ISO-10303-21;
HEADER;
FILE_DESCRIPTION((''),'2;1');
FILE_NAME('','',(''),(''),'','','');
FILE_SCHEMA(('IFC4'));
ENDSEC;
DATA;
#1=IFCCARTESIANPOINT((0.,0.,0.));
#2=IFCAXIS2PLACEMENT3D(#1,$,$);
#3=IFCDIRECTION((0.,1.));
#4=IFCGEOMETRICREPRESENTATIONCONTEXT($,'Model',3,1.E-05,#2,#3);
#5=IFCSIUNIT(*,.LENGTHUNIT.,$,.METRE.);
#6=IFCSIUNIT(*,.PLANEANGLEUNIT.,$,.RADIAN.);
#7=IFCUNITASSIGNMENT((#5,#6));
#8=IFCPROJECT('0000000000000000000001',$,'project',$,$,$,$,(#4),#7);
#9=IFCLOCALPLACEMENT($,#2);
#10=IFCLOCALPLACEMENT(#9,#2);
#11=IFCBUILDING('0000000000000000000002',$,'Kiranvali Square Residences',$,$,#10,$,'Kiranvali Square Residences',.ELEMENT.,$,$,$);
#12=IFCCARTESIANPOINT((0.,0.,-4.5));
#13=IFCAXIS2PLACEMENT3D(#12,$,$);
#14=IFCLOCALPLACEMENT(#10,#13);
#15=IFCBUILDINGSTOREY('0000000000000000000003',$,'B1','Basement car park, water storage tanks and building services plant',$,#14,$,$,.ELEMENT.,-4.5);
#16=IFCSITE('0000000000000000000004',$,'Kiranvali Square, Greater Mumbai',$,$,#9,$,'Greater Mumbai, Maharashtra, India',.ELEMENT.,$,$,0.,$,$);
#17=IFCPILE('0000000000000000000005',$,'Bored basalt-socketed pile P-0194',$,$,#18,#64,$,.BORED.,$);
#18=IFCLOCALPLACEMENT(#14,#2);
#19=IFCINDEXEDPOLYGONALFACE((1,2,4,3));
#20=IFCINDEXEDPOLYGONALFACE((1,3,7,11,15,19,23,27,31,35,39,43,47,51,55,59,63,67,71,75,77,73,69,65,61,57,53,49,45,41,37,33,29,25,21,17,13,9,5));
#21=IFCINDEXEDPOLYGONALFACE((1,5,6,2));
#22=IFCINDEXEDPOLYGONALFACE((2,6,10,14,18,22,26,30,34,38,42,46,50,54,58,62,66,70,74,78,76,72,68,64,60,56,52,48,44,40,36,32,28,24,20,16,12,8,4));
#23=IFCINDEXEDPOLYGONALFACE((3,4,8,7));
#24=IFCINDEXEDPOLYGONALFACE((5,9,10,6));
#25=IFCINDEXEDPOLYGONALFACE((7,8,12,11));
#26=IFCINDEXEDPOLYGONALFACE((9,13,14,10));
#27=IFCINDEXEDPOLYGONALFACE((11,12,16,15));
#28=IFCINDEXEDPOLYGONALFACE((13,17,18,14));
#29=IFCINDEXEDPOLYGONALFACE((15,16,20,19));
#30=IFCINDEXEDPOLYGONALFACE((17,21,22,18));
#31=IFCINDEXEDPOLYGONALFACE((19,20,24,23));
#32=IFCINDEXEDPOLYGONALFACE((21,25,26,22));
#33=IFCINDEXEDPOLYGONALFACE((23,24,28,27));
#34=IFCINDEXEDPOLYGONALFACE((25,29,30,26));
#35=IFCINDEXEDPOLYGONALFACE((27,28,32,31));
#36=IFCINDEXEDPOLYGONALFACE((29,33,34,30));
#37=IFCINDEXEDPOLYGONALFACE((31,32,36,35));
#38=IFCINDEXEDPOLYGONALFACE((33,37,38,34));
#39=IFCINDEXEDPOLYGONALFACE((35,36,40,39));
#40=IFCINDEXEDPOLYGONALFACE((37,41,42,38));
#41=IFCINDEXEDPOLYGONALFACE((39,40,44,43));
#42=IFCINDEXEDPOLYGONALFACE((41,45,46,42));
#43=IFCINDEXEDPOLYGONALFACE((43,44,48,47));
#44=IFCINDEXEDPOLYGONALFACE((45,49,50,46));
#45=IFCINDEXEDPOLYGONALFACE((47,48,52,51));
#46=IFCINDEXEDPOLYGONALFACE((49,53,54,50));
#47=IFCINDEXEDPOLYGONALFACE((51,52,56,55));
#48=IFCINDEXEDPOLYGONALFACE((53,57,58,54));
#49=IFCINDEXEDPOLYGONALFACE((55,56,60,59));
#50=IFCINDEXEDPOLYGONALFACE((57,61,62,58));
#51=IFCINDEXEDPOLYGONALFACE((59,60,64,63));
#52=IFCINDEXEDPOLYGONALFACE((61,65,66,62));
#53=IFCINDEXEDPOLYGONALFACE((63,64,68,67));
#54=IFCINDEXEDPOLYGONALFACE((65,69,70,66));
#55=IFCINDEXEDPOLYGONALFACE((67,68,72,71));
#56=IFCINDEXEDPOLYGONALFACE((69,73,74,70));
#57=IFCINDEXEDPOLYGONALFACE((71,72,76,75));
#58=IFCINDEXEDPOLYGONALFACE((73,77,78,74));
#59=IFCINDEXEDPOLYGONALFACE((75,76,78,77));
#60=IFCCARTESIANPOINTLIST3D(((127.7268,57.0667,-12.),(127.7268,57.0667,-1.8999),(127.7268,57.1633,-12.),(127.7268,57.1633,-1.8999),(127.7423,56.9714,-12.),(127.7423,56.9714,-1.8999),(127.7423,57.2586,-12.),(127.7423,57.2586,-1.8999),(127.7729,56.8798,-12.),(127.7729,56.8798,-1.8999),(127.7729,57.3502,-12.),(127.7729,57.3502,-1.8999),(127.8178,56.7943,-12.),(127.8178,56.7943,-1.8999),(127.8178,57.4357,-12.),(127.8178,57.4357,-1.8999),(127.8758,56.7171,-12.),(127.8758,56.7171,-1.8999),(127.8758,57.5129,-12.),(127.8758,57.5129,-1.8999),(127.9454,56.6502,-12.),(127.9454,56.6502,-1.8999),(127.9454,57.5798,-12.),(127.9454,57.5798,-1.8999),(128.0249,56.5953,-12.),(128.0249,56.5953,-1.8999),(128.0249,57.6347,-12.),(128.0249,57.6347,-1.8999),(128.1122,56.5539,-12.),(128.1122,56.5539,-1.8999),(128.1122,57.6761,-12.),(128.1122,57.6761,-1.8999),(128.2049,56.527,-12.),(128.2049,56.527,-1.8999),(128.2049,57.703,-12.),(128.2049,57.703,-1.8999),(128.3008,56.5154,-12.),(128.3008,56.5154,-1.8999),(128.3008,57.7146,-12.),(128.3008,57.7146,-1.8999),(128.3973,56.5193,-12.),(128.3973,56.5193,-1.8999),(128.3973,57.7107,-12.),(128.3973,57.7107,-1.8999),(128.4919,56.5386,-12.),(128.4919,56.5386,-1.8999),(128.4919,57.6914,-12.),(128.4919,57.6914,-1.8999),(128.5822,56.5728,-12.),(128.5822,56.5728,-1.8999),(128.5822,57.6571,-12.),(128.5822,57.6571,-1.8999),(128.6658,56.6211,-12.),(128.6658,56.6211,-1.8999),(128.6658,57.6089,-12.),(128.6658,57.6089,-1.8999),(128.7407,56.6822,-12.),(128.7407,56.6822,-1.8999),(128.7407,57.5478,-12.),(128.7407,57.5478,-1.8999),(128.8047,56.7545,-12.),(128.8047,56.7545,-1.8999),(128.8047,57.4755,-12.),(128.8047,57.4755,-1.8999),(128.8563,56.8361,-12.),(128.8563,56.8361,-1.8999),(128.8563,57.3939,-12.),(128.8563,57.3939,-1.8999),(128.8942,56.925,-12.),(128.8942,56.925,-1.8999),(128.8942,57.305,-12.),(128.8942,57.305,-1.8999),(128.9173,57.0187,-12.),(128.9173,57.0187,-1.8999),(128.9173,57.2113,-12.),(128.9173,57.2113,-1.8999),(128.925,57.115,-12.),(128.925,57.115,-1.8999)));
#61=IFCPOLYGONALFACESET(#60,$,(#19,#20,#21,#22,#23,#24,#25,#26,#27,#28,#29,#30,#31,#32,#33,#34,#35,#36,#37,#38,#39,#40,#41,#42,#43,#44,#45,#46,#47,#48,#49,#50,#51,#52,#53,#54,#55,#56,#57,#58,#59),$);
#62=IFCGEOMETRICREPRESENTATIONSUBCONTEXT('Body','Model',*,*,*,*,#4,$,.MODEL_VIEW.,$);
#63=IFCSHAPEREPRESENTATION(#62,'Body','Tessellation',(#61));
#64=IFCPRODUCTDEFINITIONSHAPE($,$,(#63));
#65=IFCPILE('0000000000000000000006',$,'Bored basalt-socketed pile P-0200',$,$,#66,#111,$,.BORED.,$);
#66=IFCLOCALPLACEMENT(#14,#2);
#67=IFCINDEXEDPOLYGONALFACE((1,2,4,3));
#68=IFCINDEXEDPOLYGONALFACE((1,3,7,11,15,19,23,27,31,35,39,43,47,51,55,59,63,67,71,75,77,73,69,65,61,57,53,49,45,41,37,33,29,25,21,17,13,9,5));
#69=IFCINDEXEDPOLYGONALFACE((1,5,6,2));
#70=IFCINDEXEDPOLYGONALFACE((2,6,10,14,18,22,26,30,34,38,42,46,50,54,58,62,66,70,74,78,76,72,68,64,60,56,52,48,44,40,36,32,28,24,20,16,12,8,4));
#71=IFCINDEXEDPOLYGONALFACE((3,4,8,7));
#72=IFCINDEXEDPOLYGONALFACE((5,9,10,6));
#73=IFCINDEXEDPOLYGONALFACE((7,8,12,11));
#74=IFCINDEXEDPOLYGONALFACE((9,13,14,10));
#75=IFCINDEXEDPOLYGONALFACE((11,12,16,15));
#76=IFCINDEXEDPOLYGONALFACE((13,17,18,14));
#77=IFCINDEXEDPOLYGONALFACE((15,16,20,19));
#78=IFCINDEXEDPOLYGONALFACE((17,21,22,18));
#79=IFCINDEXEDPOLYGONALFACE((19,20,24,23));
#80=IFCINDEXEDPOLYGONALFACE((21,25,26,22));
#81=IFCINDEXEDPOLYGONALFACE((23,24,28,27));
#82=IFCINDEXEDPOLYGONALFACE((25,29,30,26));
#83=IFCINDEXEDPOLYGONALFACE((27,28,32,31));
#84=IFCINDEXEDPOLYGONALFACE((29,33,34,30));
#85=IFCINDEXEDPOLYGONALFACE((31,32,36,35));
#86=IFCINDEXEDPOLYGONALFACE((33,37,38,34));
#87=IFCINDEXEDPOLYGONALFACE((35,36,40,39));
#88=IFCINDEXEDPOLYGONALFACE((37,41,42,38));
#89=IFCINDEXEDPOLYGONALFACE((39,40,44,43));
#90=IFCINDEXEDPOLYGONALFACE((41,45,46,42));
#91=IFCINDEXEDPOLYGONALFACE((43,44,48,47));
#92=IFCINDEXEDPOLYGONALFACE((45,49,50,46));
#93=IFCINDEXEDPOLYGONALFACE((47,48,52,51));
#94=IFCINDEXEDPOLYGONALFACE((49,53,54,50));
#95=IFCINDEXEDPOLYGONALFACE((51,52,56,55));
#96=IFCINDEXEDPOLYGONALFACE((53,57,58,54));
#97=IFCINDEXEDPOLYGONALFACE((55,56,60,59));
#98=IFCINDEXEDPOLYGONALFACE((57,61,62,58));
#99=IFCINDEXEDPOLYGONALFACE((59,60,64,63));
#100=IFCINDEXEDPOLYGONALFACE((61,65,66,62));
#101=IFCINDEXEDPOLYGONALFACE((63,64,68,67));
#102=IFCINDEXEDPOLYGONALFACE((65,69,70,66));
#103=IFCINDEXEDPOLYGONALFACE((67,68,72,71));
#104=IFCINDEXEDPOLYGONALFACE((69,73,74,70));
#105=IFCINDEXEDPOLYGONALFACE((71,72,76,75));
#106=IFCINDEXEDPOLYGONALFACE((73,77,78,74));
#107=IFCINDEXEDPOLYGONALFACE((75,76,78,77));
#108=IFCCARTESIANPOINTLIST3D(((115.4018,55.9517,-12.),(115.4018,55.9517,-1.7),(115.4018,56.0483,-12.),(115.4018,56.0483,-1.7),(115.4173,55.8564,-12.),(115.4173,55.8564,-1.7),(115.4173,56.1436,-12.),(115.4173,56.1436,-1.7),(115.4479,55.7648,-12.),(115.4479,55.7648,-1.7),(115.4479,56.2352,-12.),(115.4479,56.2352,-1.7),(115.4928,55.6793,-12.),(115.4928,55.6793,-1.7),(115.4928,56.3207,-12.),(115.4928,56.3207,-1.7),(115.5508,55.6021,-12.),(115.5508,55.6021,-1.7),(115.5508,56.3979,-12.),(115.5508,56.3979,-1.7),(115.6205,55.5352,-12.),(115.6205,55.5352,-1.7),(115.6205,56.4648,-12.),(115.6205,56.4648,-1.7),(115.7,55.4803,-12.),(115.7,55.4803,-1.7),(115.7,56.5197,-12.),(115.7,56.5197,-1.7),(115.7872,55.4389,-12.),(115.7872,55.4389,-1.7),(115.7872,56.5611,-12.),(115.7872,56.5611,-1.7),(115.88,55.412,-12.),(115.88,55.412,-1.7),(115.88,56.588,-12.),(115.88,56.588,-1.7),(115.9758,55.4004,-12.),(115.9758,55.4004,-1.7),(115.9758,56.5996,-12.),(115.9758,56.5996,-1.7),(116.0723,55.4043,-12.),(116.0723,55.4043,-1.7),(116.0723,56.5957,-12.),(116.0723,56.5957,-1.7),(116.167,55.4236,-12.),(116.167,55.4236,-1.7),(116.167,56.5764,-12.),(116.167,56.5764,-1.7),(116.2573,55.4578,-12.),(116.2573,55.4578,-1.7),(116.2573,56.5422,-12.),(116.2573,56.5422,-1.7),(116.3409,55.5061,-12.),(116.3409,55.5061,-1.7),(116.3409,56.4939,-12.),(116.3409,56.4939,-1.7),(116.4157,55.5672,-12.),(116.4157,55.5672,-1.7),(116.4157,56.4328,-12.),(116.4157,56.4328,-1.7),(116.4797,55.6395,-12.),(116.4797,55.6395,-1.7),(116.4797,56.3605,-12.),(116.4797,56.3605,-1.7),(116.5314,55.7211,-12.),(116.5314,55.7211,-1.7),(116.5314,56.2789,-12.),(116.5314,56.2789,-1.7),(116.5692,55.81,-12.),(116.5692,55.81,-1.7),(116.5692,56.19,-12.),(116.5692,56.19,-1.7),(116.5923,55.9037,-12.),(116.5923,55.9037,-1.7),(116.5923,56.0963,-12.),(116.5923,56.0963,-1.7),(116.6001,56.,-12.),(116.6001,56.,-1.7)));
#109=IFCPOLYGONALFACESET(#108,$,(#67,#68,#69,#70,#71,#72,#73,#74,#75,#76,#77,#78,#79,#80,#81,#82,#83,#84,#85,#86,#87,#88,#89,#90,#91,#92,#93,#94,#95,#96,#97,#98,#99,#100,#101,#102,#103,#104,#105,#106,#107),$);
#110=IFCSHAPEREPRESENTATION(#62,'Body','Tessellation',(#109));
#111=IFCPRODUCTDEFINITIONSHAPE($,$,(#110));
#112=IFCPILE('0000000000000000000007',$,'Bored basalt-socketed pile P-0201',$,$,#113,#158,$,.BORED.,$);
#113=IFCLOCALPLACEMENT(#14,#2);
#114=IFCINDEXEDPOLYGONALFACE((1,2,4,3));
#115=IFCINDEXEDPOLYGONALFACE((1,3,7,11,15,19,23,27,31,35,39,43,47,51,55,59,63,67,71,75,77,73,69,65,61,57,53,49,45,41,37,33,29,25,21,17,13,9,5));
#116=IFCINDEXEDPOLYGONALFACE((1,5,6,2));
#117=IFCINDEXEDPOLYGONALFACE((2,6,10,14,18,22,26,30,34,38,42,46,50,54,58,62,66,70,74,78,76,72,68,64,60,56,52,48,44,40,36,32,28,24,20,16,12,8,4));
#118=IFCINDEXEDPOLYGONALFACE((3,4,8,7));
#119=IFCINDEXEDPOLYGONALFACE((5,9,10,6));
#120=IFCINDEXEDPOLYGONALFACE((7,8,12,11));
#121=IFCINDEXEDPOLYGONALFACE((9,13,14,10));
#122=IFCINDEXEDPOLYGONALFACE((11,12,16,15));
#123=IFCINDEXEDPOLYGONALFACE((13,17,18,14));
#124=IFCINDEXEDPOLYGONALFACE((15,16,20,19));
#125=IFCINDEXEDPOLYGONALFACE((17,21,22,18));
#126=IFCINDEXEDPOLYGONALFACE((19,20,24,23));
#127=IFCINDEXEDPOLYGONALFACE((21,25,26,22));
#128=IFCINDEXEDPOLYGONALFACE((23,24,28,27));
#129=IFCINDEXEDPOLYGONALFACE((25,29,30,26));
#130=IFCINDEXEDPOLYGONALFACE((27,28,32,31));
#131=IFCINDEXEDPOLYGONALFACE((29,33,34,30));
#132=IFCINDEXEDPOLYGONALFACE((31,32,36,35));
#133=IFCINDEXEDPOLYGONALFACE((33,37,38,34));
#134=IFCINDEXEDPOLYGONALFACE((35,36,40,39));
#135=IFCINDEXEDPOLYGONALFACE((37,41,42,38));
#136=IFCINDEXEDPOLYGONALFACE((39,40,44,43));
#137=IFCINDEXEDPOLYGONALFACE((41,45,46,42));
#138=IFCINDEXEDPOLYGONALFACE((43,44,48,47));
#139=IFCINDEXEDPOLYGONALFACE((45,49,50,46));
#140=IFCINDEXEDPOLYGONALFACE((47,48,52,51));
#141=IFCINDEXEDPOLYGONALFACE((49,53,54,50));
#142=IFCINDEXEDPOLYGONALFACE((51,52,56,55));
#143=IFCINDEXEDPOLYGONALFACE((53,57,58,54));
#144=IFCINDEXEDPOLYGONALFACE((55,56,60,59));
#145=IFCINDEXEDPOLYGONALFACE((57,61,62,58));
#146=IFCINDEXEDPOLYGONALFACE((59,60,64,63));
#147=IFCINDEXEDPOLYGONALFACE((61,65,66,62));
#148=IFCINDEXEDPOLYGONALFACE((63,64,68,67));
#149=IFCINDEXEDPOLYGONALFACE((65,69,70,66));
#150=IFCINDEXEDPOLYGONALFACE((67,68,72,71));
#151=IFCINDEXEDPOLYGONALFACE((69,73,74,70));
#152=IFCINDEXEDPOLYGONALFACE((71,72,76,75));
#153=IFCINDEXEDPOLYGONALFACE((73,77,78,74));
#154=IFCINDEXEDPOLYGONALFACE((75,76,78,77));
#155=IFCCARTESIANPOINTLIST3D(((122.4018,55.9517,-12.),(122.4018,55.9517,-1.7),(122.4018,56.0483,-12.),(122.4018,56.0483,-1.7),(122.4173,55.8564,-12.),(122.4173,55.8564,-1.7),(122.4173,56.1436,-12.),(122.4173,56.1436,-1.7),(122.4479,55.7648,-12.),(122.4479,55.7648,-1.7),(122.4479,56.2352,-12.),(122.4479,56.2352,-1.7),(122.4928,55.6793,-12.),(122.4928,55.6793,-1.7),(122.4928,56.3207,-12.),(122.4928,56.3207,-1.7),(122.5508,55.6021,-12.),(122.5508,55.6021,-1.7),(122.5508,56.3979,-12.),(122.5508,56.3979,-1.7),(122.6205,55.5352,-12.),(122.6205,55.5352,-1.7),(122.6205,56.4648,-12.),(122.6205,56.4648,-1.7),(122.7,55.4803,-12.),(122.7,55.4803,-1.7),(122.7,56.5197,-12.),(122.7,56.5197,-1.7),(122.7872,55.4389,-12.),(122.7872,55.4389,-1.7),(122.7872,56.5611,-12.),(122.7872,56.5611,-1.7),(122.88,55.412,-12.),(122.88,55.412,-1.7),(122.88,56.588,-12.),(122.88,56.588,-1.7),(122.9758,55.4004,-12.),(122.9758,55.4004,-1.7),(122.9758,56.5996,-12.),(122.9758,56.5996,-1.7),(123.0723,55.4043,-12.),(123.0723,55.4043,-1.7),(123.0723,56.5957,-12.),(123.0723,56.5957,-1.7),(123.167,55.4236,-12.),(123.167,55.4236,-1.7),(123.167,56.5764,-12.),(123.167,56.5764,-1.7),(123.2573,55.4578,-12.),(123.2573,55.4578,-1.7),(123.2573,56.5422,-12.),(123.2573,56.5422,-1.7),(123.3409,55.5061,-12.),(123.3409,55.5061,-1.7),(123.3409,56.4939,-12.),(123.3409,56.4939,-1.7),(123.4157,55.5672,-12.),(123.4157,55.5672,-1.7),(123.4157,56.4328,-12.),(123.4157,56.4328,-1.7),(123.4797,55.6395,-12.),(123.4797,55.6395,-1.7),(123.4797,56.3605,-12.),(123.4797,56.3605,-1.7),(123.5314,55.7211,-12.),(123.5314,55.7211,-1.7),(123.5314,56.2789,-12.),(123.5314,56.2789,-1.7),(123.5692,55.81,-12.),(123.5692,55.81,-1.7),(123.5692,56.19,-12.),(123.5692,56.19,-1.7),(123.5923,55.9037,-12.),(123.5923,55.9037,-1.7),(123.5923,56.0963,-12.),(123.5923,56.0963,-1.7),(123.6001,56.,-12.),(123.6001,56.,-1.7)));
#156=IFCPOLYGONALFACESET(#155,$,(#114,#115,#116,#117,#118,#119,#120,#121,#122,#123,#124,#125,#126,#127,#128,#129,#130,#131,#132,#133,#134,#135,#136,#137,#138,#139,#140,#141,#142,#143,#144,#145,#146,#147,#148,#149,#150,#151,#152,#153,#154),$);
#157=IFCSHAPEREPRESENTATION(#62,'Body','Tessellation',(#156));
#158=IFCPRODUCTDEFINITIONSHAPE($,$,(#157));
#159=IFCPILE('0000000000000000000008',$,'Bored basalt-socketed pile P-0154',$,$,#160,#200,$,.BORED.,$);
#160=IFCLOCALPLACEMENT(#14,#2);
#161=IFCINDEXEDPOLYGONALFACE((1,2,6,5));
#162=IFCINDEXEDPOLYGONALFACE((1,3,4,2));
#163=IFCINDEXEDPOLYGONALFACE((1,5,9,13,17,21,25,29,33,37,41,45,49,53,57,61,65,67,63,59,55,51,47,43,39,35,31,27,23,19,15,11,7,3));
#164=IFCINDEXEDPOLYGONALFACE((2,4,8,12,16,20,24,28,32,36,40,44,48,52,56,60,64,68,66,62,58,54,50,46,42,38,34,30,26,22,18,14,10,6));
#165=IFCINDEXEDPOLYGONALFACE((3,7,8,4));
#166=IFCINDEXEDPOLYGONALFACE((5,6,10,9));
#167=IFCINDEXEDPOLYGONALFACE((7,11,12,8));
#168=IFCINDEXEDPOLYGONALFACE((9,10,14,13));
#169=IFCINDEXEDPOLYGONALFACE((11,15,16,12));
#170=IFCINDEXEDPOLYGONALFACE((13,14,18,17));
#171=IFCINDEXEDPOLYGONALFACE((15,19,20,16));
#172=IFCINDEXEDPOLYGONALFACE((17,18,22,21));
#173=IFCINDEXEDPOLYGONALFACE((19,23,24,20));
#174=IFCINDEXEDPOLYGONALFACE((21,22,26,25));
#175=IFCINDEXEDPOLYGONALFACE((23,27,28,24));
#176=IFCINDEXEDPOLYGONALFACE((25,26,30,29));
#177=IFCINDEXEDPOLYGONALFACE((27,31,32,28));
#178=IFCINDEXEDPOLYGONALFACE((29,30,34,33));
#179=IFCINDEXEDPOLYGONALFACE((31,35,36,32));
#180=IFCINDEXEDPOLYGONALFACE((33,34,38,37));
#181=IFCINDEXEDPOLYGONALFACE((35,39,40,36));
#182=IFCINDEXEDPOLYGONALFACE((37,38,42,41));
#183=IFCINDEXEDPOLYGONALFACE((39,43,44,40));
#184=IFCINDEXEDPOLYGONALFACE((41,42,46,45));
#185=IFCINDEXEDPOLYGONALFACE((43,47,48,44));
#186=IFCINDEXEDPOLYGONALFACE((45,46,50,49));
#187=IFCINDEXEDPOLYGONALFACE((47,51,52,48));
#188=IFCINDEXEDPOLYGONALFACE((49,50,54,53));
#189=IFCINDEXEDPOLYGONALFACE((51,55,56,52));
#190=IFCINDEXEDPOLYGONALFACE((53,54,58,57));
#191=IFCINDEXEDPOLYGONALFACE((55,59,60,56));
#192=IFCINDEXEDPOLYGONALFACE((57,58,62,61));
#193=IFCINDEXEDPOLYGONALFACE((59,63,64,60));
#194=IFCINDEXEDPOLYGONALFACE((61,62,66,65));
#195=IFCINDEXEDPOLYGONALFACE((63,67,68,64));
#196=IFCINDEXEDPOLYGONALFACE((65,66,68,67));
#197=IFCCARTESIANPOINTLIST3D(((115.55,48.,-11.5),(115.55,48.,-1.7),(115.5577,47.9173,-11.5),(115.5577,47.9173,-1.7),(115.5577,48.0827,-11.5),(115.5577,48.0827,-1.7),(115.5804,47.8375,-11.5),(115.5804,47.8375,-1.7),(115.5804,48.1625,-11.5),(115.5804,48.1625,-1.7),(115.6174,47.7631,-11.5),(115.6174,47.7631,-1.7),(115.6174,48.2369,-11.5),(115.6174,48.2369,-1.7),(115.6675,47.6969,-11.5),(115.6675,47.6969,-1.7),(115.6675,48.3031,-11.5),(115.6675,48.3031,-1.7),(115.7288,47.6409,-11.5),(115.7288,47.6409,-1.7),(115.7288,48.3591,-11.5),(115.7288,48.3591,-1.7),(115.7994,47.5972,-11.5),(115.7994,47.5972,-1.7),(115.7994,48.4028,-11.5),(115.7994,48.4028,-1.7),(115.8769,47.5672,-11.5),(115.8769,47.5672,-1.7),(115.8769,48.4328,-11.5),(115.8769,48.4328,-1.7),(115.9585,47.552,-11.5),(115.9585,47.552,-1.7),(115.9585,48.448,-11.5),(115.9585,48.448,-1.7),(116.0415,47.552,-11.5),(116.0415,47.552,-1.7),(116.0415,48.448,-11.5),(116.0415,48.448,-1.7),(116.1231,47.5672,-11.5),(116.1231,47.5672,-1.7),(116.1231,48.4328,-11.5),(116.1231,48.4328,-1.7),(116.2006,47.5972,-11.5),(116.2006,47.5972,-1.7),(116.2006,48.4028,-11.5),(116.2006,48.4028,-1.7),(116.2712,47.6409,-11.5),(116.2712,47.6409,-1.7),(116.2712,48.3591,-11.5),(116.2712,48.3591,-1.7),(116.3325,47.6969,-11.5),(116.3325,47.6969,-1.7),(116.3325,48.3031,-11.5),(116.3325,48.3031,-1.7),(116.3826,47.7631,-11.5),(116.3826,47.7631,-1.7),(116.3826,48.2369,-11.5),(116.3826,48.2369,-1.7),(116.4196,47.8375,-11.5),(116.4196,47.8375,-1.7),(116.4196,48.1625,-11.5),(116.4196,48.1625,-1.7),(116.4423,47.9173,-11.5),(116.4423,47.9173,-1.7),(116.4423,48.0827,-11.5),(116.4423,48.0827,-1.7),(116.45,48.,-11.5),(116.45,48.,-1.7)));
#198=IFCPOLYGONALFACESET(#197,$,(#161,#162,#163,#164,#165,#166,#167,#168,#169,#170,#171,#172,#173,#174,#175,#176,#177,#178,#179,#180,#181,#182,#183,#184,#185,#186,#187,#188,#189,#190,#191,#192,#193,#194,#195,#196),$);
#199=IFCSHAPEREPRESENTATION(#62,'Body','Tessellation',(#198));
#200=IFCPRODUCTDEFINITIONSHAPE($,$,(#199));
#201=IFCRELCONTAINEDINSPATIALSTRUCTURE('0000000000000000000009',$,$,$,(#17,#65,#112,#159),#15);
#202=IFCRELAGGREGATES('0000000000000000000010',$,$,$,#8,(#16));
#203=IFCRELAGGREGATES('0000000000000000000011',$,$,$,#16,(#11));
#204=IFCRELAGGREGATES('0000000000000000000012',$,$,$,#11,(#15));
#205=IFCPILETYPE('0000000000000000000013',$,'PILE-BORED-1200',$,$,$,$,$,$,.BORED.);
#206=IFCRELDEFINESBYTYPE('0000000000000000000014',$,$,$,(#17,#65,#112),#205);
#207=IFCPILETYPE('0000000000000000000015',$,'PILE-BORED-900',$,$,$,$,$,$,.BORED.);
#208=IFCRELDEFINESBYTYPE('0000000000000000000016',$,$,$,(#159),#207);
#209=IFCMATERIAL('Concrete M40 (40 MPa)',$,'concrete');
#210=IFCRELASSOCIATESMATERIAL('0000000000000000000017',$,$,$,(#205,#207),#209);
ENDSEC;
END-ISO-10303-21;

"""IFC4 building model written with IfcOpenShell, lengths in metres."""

from ifc_helpers import new_model, si_unit, direction, frame, origin, origin_2d, place, context, subcontext, project, spatial, circle, extrude, material, material_profile, profile_set, type_object, element, save


model = new_model("IFC4")

# Units and contexts
model_context = context("Model", 3, precision=1e-05, world=origin(), true_north=direction((0.0, 1.0)))
body_context = subcontext(model_context, "Body", "Model", "MODEL_VIEW")
ifc_project = project(units=[si_unit("LENGTHUNIT", "METRE"), si_unit("PLANEANGLEUNIT", "RADIAN")], contexts=[model_context])

# Site, building, storey
site_placement = place(None, origin())
site = spatial("IfcSite", under=ifc_project, at=site_placement, Name="Kiranvali Square, Greater Mumbai", LongName="Greater Mumbai, Maharashtra, India", CompositionType="ELEMENT", RefElevation=0.0)
building_placement = place(site_placement, origin())
building = spatial("IfcBuilding", under=site, at=building_placement, Name="Kiranvali Square Residences", LongName="Kiranvali Square Residences", CompositionType="ELEMENT")
storey_placement = place(building_placement, frame((0.0, 0.0, -4.5)))
storey = spatial("IfcBuildingStorey", under=building, at=storey_placement, Name="B1", Description="Basement car park, water storage tanks and building services plant", CompositionType="ELEMENT", Elevation=-4.5)

# Shared definitions
ifc_material = material(Name="Concrete M40 (40 MPa)", Category="concrete")

# Piles
ifc_material_profile_1 = material_profile(ifc_material, circle(Radius=0.6001, at=origin_2d()), Name="BORED PILE 1200")
ifc_profile_set_1 = profile_set([ifc_material_profile_1], Name="Concrete M40 (40 MPa)")
pile_type_1 = type_object("IfcPileType", Name="PILE-BORED-1200", PredefinedType="BORED", material=ifc_profile_set_1)
pile_1_placement = place(storey_placement, frame((128.325, 57.115, -1.8999), z_axis=(0.0, 0.0, -1.0), x_axis=(1.0, 0.0, 0.0)))
element("IfcPile", 1, at=pile_1_placement, inside=storey, type_object=pile_type_1, Name="Bored basalt-socketed pile P-0194", PredefinedType="BORED", context=body_context, shape_type="SweptSolid", body=[
    extrude(circle(Radius=0.6001, at=origin_2d()), origin(), (0.0, 0.0, 1.0), 10.1001),
])
for number, where, z_axis, x_axis, name in (
    (2, (116.0, 56.0, -1.7), (0.0, 0.0, -1.0), (1.0, 0.0, 0.0), "Bored basalt-socketed pile P-0200"),
    (3, (123.0, 56.0, -1.7), (0.0, 0.0, -1.0), (1.0, 0.0, 0.0), "Bored basalt-socketed pile P-0201"),
):
    element("IfcPile", number, at=place(storey_placement, frame(where, z_axis=z_axis, x_axis=x_axis)), inside=storey, type_object=pile_type_1, Name=name, PredefinedType="BORED", context=body_context, shape_type="SweptSolid", body=[
        extrude(circle(Radius=0.6001, at=origin_2d()), origin(), (0.0, 0.0, 1.0), 10.3),
    ])
ifc_material_profile_2 = material_profile(ifc_material, circle(Radius=0.45, at=origin_2d()), Name="BORED PILE 900")
ifc_profile_set_2 = profile_set([ifc_material_profile_2], Name="Concrete M40 (40 MPa)")
pile_type_2 = type_object("IfcPileType", Name="PILE-BORED-900", PredefinedType="BORED", material=ifc_profile_set_2)
for number, where, z_axis, x_axis, name in (
    (4, (116.0, 48.0, -1.7), (0.0, 0.0, -1.0), (1.0, 0.0, 0.0), "Bored basalt-socketed pile P-0154"),
):
    element("IfcPile", number, at=place(storey_placement, frame(where, z_axis=z_axis, x_axis=x_axis)), inside=storey, type_object=pile_type_2, Name=name, PredefinedType="BORED", context=body_context, shape_type="SweptSolid", body=[
        extrude(circle(Radius=0.45, at=origin_2d()), origin(), (0.0, 0.0, 1.0), 9.8),
    ])

save(model, "model.ifc")
